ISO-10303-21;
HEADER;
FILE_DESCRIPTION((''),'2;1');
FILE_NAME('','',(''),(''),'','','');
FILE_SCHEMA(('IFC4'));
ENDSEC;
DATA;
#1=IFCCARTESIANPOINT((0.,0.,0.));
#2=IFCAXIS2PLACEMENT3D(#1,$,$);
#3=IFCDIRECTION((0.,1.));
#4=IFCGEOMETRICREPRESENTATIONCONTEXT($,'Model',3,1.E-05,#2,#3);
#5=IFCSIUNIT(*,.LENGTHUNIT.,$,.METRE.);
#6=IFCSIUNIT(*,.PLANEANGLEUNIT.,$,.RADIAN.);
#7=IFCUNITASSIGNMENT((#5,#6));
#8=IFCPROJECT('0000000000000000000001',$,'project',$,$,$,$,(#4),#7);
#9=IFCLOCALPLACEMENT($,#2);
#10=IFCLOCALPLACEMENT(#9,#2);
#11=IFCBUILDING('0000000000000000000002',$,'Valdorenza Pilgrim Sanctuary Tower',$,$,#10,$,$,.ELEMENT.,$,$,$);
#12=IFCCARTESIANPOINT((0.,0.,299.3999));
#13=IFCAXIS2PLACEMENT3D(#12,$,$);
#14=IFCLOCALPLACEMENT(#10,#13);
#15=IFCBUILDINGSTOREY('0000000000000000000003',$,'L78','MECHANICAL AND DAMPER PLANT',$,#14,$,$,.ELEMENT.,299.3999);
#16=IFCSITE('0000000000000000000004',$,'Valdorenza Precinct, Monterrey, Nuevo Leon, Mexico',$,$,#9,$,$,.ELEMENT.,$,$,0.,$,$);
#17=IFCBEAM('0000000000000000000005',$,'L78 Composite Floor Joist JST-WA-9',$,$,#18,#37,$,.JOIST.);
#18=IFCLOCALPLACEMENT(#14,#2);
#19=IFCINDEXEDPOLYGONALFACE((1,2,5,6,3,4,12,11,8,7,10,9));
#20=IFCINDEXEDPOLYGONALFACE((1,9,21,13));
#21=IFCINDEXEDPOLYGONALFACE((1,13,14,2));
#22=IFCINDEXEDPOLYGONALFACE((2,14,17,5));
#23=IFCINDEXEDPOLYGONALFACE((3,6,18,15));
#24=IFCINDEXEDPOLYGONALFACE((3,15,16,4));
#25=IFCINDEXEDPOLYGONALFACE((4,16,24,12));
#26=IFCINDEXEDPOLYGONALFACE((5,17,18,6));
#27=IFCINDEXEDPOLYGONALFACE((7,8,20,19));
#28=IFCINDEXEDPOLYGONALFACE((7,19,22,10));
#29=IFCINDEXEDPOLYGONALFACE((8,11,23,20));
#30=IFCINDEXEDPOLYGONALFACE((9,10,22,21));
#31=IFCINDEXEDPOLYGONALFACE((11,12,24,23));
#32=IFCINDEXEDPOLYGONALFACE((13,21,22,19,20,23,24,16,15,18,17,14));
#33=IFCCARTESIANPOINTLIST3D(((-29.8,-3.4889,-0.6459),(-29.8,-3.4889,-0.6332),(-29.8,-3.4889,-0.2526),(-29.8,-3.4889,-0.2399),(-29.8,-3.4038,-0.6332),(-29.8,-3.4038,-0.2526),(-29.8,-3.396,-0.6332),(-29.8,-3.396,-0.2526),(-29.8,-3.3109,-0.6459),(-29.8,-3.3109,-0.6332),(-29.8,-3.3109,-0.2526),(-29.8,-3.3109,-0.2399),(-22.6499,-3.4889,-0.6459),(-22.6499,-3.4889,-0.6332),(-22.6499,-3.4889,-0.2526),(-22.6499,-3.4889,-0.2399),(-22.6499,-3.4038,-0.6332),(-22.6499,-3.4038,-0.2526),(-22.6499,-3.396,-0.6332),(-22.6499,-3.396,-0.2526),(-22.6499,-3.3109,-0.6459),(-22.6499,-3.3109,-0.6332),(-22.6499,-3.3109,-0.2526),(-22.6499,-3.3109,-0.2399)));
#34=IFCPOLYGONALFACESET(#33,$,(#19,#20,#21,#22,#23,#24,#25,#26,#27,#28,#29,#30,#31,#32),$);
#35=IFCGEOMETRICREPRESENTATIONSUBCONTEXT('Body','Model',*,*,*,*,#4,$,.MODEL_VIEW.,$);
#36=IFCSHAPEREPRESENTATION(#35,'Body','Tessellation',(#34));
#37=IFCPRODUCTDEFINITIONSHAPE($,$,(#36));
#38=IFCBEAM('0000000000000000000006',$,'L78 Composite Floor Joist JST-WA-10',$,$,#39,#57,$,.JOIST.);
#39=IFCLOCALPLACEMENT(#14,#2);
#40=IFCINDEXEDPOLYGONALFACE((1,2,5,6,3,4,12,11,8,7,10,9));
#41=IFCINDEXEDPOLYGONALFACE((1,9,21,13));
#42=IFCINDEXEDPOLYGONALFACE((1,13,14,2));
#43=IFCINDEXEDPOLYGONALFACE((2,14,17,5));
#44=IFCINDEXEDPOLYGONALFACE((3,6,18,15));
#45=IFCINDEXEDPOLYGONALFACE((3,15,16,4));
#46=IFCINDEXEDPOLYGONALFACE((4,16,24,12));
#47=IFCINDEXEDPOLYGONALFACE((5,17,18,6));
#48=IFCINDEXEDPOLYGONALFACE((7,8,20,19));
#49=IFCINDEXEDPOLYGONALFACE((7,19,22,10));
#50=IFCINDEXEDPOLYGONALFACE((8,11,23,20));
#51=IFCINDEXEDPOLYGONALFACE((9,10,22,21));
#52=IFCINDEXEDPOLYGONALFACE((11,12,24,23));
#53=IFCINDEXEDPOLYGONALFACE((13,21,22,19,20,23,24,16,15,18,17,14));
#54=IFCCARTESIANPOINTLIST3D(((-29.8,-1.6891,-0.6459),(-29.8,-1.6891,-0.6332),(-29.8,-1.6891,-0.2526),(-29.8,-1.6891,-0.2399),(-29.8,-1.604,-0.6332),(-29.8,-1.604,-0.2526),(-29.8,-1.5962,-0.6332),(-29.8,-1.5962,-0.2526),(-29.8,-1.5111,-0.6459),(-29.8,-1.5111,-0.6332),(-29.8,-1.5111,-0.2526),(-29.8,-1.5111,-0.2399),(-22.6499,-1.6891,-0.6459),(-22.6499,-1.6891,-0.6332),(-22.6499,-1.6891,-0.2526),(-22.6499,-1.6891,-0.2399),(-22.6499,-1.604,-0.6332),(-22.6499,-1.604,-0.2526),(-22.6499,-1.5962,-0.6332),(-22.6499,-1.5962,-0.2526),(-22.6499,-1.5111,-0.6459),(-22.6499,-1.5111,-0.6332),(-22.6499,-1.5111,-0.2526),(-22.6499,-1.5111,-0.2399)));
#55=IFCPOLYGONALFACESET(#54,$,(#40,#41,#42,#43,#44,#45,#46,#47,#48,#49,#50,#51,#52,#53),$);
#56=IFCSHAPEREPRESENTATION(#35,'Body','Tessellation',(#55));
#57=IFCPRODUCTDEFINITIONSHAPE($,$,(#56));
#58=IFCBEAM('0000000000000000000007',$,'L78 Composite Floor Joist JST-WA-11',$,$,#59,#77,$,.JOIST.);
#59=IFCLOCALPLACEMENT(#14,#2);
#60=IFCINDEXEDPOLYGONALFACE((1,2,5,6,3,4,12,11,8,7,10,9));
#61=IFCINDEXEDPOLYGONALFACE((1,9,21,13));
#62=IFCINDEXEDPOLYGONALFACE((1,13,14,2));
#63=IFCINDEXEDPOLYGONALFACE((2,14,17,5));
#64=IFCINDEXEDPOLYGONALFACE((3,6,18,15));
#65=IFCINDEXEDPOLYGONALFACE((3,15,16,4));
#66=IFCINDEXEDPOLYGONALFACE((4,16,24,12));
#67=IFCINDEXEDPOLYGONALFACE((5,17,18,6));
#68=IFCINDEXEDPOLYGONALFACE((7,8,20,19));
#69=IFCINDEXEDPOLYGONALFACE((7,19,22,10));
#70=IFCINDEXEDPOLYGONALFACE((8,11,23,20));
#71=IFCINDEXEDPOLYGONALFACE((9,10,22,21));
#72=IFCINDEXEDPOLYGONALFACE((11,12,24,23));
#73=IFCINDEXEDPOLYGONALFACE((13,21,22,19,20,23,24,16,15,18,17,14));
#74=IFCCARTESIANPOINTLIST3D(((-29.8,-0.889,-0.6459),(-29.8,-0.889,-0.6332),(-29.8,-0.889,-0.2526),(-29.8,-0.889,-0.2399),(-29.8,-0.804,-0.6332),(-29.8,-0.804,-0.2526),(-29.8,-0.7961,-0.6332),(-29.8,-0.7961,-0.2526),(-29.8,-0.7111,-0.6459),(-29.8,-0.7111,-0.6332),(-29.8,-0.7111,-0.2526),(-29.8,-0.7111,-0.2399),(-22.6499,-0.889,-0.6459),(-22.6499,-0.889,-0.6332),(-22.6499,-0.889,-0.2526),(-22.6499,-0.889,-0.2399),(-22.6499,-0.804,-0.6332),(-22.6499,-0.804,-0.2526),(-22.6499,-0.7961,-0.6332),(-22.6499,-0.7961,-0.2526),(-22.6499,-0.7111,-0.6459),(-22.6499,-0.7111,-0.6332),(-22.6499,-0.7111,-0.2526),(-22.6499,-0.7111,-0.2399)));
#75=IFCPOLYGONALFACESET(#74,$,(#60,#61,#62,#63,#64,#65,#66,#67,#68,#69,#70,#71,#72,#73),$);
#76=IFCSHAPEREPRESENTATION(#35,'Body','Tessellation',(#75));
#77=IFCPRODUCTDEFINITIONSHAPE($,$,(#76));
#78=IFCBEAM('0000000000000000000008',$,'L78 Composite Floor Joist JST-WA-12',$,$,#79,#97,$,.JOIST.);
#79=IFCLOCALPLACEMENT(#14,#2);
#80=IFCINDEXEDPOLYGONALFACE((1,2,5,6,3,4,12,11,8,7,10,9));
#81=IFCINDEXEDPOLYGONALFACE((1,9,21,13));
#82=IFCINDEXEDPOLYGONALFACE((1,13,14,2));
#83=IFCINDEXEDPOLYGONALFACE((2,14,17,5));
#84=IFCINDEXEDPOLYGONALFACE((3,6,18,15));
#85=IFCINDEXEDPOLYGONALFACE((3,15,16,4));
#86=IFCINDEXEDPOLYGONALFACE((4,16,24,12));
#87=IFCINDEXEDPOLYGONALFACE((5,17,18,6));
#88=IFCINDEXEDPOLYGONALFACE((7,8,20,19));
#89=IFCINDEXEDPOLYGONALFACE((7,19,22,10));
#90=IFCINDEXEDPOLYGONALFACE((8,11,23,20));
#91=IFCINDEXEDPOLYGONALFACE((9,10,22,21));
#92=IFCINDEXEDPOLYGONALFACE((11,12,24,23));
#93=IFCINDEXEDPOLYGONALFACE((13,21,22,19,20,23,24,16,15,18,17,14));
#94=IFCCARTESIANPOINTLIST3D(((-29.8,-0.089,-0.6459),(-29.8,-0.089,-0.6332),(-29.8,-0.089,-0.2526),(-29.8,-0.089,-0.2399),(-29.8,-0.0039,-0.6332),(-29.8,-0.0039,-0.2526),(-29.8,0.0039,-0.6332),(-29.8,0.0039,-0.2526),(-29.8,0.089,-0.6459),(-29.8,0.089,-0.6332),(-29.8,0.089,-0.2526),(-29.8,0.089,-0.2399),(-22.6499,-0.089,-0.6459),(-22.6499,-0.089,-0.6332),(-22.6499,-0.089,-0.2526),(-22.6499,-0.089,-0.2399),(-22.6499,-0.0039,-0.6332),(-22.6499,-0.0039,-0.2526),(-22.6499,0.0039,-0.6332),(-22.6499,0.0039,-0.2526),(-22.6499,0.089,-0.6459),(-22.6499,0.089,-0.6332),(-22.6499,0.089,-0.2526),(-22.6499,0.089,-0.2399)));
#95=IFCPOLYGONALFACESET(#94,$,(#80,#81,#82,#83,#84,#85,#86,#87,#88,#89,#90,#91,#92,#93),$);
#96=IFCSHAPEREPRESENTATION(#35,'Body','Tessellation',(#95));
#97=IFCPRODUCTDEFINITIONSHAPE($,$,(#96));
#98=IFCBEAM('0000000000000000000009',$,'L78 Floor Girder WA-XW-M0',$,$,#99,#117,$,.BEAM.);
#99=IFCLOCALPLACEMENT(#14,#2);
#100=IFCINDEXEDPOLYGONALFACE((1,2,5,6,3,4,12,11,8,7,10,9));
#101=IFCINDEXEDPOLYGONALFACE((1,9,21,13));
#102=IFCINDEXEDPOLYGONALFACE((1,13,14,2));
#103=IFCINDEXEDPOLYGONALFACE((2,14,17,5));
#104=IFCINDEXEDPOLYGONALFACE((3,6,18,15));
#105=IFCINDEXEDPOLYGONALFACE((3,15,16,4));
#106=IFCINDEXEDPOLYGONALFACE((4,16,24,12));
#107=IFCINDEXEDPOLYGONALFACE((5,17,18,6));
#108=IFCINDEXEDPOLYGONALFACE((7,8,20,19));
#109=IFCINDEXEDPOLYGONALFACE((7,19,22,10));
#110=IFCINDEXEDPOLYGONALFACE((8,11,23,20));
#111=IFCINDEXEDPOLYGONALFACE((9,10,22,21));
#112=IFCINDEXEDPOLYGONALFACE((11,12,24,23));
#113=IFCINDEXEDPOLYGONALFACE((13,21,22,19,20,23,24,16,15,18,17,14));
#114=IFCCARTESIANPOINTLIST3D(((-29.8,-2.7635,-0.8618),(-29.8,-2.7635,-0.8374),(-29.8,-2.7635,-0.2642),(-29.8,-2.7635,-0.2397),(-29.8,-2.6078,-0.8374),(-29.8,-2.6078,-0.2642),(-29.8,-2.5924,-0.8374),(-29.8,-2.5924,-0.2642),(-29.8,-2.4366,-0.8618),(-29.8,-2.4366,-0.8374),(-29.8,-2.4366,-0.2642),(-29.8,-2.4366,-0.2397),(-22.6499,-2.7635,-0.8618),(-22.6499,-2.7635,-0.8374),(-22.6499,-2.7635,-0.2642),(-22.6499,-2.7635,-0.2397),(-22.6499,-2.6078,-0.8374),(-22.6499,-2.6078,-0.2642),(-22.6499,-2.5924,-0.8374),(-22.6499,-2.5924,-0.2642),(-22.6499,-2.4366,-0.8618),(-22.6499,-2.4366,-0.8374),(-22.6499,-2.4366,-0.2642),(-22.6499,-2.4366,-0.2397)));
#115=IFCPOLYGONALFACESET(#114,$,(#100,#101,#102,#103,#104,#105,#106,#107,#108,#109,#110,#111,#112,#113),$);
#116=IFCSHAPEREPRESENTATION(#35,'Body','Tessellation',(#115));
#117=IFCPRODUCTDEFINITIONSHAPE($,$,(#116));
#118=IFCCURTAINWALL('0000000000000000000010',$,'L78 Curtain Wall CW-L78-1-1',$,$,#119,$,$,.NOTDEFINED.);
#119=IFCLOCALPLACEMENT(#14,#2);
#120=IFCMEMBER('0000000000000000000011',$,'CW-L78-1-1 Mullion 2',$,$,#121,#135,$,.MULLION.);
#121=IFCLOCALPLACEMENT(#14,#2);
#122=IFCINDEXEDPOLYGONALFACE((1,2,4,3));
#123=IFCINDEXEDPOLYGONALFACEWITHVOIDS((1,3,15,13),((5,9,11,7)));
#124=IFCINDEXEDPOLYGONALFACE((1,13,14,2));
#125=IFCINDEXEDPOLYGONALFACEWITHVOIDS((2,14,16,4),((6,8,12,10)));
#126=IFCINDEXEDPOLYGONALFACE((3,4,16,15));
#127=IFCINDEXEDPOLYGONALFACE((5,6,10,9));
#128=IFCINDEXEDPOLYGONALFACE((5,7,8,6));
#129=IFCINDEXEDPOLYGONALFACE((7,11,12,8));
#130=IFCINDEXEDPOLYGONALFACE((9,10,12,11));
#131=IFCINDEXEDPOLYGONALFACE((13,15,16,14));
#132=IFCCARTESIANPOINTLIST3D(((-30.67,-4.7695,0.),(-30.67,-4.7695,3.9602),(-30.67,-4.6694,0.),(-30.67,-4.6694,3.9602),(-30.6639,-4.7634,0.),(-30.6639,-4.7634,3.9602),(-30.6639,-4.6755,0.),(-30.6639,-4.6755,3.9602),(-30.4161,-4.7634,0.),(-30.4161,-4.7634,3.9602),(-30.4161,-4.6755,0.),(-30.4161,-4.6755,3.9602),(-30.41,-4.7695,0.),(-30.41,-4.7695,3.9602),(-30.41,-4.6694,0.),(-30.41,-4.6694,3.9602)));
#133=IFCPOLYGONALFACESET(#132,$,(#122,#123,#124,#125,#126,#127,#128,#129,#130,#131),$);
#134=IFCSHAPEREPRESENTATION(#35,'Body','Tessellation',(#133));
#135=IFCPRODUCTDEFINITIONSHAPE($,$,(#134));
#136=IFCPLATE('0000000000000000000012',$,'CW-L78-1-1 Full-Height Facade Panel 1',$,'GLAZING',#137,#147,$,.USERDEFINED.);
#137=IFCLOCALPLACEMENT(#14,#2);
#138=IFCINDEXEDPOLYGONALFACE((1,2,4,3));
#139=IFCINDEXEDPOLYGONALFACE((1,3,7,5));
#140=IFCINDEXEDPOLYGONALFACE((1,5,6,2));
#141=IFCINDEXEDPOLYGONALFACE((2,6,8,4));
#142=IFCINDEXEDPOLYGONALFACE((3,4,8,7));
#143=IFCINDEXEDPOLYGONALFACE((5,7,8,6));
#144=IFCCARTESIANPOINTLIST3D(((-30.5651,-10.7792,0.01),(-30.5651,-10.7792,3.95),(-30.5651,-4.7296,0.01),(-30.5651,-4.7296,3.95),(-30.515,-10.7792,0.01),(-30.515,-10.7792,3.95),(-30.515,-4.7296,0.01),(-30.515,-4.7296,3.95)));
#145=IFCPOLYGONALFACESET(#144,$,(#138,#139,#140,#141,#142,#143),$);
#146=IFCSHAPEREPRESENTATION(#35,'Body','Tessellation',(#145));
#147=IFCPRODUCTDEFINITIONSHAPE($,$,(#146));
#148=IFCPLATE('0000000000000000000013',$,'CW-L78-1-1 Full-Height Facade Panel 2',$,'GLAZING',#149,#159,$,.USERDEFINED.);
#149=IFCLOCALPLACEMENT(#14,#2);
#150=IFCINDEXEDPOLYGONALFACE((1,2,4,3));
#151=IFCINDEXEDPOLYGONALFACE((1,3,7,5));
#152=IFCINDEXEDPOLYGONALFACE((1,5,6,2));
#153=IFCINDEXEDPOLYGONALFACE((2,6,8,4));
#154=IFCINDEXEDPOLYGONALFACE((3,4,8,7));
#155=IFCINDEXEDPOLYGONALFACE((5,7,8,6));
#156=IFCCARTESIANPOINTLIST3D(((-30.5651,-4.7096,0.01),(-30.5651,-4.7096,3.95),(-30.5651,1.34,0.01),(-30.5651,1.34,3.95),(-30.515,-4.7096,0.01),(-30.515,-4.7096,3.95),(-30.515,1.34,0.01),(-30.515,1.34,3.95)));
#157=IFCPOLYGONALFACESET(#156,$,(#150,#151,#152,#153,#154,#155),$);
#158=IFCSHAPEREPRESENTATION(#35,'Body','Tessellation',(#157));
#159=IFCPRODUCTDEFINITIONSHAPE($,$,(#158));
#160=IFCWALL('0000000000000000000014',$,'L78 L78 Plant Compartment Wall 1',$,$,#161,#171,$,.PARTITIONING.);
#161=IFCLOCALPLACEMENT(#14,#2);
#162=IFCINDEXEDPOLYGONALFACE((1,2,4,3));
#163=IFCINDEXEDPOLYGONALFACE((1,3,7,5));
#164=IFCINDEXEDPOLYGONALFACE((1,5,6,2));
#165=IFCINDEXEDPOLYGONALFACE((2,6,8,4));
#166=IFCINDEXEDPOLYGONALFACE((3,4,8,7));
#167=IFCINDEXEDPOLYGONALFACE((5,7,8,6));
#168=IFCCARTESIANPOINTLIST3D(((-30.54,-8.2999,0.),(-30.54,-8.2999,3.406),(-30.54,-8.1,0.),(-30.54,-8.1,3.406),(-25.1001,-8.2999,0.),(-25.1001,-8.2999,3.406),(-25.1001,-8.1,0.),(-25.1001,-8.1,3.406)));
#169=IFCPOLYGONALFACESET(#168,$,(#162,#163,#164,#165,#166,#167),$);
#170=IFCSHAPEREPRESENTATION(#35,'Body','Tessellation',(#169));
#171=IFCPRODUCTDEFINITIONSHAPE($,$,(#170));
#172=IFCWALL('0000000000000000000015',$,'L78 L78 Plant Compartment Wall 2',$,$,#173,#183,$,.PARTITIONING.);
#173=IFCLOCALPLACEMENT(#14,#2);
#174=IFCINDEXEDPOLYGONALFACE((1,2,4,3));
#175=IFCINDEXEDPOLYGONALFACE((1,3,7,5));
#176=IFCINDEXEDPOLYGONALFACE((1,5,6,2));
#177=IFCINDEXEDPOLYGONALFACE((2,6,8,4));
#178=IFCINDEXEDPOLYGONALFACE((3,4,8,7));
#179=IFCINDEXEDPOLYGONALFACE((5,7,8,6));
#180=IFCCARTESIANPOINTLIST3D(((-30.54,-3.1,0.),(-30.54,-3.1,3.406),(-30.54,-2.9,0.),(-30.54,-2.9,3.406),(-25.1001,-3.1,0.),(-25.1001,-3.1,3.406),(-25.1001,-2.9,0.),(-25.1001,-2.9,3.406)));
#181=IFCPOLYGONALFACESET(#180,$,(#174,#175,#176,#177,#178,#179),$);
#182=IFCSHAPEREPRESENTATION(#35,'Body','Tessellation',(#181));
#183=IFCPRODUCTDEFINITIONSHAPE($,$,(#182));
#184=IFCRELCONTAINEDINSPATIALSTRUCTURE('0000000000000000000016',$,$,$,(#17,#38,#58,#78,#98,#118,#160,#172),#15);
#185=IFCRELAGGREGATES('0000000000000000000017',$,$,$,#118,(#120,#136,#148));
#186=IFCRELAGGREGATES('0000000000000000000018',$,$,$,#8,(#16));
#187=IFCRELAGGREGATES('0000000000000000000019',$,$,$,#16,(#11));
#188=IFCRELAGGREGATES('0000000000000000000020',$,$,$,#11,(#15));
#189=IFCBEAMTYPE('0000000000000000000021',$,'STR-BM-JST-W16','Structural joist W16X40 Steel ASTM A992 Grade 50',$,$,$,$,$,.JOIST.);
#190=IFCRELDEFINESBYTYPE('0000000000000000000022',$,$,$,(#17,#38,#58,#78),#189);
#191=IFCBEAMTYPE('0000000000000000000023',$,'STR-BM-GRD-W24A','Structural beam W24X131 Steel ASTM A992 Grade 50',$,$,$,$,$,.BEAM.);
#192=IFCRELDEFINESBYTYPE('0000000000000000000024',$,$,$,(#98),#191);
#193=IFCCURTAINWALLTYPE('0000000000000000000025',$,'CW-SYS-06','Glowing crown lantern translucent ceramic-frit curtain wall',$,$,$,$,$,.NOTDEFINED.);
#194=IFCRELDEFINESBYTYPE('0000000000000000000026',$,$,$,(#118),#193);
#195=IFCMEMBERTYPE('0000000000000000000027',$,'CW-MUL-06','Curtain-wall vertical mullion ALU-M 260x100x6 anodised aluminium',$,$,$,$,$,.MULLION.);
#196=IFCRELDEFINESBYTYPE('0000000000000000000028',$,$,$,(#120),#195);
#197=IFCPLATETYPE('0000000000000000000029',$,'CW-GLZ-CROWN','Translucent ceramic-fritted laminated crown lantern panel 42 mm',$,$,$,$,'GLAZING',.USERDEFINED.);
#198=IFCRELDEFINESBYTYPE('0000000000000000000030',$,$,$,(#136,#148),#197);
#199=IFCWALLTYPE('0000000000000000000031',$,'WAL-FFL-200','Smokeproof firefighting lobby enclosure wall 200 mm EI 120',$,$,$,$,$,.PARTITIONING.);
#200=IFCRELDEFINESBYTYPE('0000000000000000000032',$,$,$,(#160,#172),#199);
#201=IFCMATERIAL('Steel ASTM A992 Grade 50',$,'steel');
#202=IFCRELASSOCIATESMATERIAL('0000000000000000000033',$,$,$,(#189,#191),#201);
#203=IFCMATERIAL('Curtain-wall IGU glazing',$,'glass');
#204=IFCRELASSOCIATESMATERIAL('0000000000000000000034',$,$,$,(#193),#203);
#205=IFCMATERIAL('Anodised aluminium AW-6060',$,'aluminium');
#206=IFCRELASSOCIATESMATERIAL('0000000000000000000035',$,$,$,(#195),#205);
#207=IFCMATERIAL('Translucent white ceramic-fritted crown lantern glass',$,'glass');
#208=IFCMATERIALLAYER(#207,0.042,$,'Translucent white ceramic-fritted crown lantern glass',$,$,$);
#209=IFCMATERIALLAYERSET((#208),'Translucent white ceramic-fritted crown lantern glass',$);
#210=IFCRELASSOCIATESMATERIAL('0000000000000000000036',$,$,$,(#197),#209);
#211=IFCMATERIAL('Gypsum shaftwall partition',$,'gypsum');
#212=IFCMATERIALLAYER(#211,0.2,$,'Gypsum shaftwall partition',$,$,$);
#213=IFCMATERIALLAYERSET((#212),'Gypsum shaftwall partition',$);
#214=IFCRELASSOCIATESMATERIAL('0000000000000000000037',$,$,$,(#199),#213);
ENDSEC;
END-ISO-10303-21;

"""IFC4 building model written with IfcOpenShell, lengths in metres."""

from ifc_helpers import new_model, si_unit, direction, frame, frame_2d, origin, origin_2d, place, context, subcontext, project, spatial, rectangle, hollow_rectangle, i_section, extrude, source, transform, mapped, material, layer, layer_set, material_profile, profile_set, type_object, element, aggregate, save


model = new_model("IFC4")

# Units and contexts
model_context = context("Model", 3, precision=1e-05, world=origin(), true_north=direction((0.0, 1.0)))
body_context = subcontext(model_context, "Body", "Model", "MODEL_VIEW")
ifc_project = project(units=[si_unit("LENGTHUNIT", "METRE"), si_unit("PLANEANGLEUNIT", "RADIAN")], contexts=[model_context])

# Site, building, storey
site_placement = place(None, origin())
site = spatial("IfcSite", under=ifc_project, at=site_placement, Name="Valdorenza Precinct, Monterrey, Nuevo Leon, Mexico", CompositionType="ELEMENT", RefElevation=0.0)
building_placement = place(site_placement, origin())
building = spatial("IfcBuilding", under=site, at=building_placement, Name="Valdorenza Pilgrim Sanctuary Tower", CompositionType="ELEMENT")
storey_placement = place(building_placement, frame((0.0, 0.0, 299.3999)))
storey = spatial("IfcBuildingStorey", under=building, at=storey_placement, Name="L78", Description="MECHANICAL AND DAMPER PLANT", CompositionType="ELEMENT", Elevation=299.3999)

# Beams
ifc_material_1 = material(Name="Steel ASTM A992 Grade 50", Category="steel")
ifc_material_profile_1 = material_profile(ifc_material_1, i_section(OverallWidth=0.178, OverallDepth=0.406, WebThickness=0.0078, FlangeThickness=0.0127, at=origin_2d()), Name="W16X40")
ifc_profile_set_1 = profile_set([ifc_material_profile_1], Name="Steel ASTM A992 Grade 50")
beam_type_1 = type_object("IfcBeamType", Name="STR-BM-JST-W16", Description="Structural joist W16X40 Steel ASTM A992 Grade 50", PredefinedType="JOIST", material=ifc_profile_set_1)
shared_shape_1 = source(origin(), body_context, "Body", "SweptSolid", [
    extrude(i_section(OverallWidth=0.178, OverallDepth=0.406, WebThickness=0.0078, FlangeThickness=0.0127, at=origin_2d()), origin(), (0.0, 0.0, 1.0), 7.1501),
])
for number, where, z_axis, x_axis, name in (
    (1, (-29.8, -3.3999, -0.4429), (1.0, 0.0, 0.0), (0.0, 1.0, 0.0), "L78 Composite Floor Joist JST-WA-9"),
    (2, (-29.8, -1.6001, -0.4429), (1.0, 0.0, 0.0), (0.0, 1.0, 0.0), "L78 Composite Floor Joist JST-WA-10"),
    (3, (-29.8, -0.8, -0.4429), (1.0, 0.0, 0.0), (0.0, 1.0, 0.0), "L78 Composite Floor Joist JST-WA-11"),
    (4, (-29.8, 0.0, -0.4429), (1.0, 0.0, 0.0), (0.0, 1.0, 0.0), "L78 Composite Floor Joist JST-WA-12"),
):
    element("IfcBeam", number, at=place(storey_placement, frame(where, z_axis=z_axis, x_axis=x_axis)), inside=storey, type_object=beam_type_1, Name=name, PredefinedType="JOIST", context=body_context, shape_type="MappedRepresentation", body=[
        mapped(shared_shape_1, transform((0.0, 0.0, 0.0), x_axis=(1.0, 0.0, 0.0), y_axis=(0.0, 1.0, 0.0), z_axis=(0.0, 0.0, 1.0), scale=1.0)),
    ])
ifc_material_profile_2 = material_profile(ifc_material_1, i_section(OverallWidth=0.3269, OverallDepth=0.6221, WebThickness=0.0154, FlangeThickness=0.0244, at=origin_2d()), Name="W24X131")
ifc_profile_set_2 = profile_set([ifc_material_profile_2], Name="Steel ASTM A992 Grade 50")
beam_type_2 = type_object("IfcBeamType", Name="STR-BM-GRD-W24A", Description="Structural beam W24X131 Steel ASTM A992 Grade 50", PredefinedType="BEAM", material=ifc_profile_set_2)
shared_shape_2 = source(origin(), body_context, "Body", "SweptSolid", [
    extrude(i_section(OverallWidth=0.3269, OverallDepth=0.6221, WebThickness=0.0154, FlangeThickness=0.0244, at=origin_2d()), origin(), (0.0, 0.0, 1.0), 7.1501),
])
beam_1_placement = place(storey_placement, frame((-29.8, -2.6001, -0.5508), z_axis=(1.0, 0.0, 0.0), x_axis=(0.0, 1.0, 0.0)))
element("IfcBeam", 5, at=beam_1_placement, inside=storey, type_object=beam_type_2, Name="L78 Floor Girder WA-XW-M0", PredefinedType="BEAM", context=body_context, shape_type="MappedRepresentation", body=[
    mapped(shared_shape_2, transform((0.0, 0.0, 0.0), x_axis=(1.0, 0.0, 0.0), y_axis=(0.0, 1.0, 0.0), z_axis=(0.0, 0.0, 1.0), scale=1.0)),
])

# Curtain wall, member, plates
ifc_material_2 = material(Name="Curtain-wall IGU glazing", Category="glass")
curtain_wall_type = type_object("IfcCurtainWallType", Name="CW-SYS-06", Description="Glowing crown lantern translucent ceramic-frit curtain wall", PredefinedType="NOTDEFINED", material=ifc_material_2)
curtain_wall_placement = place(storey_placement, origin())
curtain_wall = element("IfcCurtainWall", 6, at=curtain_wall_placement, inside=storey, type_object=curtain_wall_type, Name="L78 Curtain Wall CW-L78-1-1", PredefinedType="NOTDEFINED")
ifc_material_3 = material(Name="Anodised aluminium AW-6060", Category="aluminium")
ifc_material_profile_3 = material_profile(ifc_material_3, hollow_rectangle(XDim=0.1001, YDim=0.26, WallThickness=0.0061, at=origin_2d()), Name="ALU-M 260x100x6")
ifc_profile_set_3 = profile_set([ifc_material_profile_3], Name="Anodised aluminium AW-6060")
member_type = type_object("IfcMemberType", Name="CW-MUL-06", Description="Curtain-wall vertical mullion ALU-M 260x100x6 anodised aluminium", PredefinedType="MULLION", material=ifc_profile_set_3)
shared_shape_3 = source(origin(), body_context, "Body", "SweptSolid", [
    extrude(hollow_rectangle(XDim=0.1001, YDim=0.26, WallThickness=0.0061, at=origin_2d()), origin(), (0.0, 0.0, 1.0), 3.9602),
])
member_placement = place(storey_placement, frame((-30.54, -4.7195, 0.0), z_axis=(0.0, 0.0, 1.0), x_axis=(0.0, 1.0, 0.0)))
member = element("IfcMember", 7, at=member_placement, type_object=member_type, Name="CW-L78-1-1 Mullion 2", PredefinedType="MULLION", context=body_context, shape_type="MappedRepresentation", body=[
    mapped(shared_shape_3, transform((0.0, 0.0, 0.0), x_axis=(1.0, 0.0, 0.0), y_axis=(0.0, 1.0, 0.0), z_axis=(0.0, 0.0, 1.0), scale=1.0)),
])
ifc_material_4 = material(Name="Translucent white ceramic-fritted crown lantern glass", Category="glass")
ifc_layer_1 = layer(ifc_material_4, 0.042, Name="Translucent white ceramic-fritted crown lantern glass")
ifc_layer_set_1 = layer_set([ifc_layer_1], Name="Translucent white ceramic-fritted crown lantern glass")
plate_type = type_object("IfcPlateType", Name="CW-GLZ-CROWN", Description="Translucent ceramic-fritted laminated crown lantern panel 42 mm", ElementType="GLAZING", PredefinedType="USERDEFINED", material=ifc_layer_set_1)
shared_shape_4 = source(origin(), body_context, "Body", "SweptSolid", [
    extrude(rectangle(XDim=6.0496, YDim=0.05, at=origin_2d()), origin(), (0.0, 0.0, 1.0), 3.9399),
])
plate_1_placement = place(storey_placement, frame((-30.54, -7.7544, 0.01), z_axis=(0.0, 0.0, 1.0), x_axis=(0.0, 1.0, 0.0)))
plate_1 = element("IfcPlate", 8, at=plate_1_placement, type_object=plate_type, Name="CW-L78-1-1 Full-Height Facade Panel 1", ObjectType="GLAZING", PredefinedType="USERDEFINED", context=body_context, shape_type="MappedRepresentation", body=[
    mapped(shared_shape_4, transform((0.0, 0.0, 0.0), x_axis=(1.0, 0.0, 0.0), y_axis=(0.0, 1.0, 0.0), z_axis=(0.0, 0.0, 1.0), scale=1.0)),
])
plate_2_placement = place(storey_placement, frame((-30.54, -1.6848, 0.01), z_axis=(0.0, 0.0, 1.0), x_axis=(0.0, 1.0, 0.0)))
plate_2 = element("IfcPlate", 9, at=plate_2_placement, type_object=plate_type, Name="CW-L78-1-1 Full-Height Facade Panel 2", ObjectType="GLAZING", PredefinedType="USERDEFINED", context=body_context, shape_type="MappedRepresentation", body=[
    mapped(shared_shape_4, transform((0.0, 0.0, 0.0), x_axis=(1.0, 0.0, 0.0), y_axis=(0.0, 1.0, 0.0), z_axis=(0.0, 0.0, 1.0), scale=1.0)),
])
aggregate(curtain_wall, [member, plate_1, plate_2])

# Walls
ifc_material_5 = material(Name="Gypsum shaftwall partition", Category="gypsum")
ifc_layer_2 = layer(ifc_material_5, 0.2, Name="Gypsum shaftwall partition")
ifc_layer_set_2 = layer_set([ifc_layer_2], Name="Gypsum shaftwall partition")
wall_type = type_object("IfcWallType", Name="WAL-FFL-200", Description="Smokeproof firefighting lobby enclosure wall 200 mm EI 120", PredefinedType="PARTITIONING", material=ifc_layer_set_2)
for number, where, z_axis, x_axis, name in (
    (10, (-30.54, -8.2, 0.0), (0.0, 0.0, 1.0), (1.0, 0.0, 0.0), "L78 L78 Plant Compartment Wall 1"),
    (11, (-30.54, -3.0, 0.0), (0.0, 0.0, 1.0), (1.0, 0.0, 0.0), "L78 L78 Plant Compartment Wall 2"),
):
    element("IfcWall", number, at=place(storey_placement, frame(where, z_axis=z_axis, x_axis=x_axis)), inside=storey, type_object=wall_type, Name=name, PredefinedType="PARTITIONING", context=body_context, shape_type="SweptSolid", body=[
        extrude(rectangle(XDim=5.4399, YDim=0.2, at=frame_2d((2.72, 0.0))), origin(), (0.0, 0.0, 1.0), 3.406),
    ])

save(model, "model.ifc")
